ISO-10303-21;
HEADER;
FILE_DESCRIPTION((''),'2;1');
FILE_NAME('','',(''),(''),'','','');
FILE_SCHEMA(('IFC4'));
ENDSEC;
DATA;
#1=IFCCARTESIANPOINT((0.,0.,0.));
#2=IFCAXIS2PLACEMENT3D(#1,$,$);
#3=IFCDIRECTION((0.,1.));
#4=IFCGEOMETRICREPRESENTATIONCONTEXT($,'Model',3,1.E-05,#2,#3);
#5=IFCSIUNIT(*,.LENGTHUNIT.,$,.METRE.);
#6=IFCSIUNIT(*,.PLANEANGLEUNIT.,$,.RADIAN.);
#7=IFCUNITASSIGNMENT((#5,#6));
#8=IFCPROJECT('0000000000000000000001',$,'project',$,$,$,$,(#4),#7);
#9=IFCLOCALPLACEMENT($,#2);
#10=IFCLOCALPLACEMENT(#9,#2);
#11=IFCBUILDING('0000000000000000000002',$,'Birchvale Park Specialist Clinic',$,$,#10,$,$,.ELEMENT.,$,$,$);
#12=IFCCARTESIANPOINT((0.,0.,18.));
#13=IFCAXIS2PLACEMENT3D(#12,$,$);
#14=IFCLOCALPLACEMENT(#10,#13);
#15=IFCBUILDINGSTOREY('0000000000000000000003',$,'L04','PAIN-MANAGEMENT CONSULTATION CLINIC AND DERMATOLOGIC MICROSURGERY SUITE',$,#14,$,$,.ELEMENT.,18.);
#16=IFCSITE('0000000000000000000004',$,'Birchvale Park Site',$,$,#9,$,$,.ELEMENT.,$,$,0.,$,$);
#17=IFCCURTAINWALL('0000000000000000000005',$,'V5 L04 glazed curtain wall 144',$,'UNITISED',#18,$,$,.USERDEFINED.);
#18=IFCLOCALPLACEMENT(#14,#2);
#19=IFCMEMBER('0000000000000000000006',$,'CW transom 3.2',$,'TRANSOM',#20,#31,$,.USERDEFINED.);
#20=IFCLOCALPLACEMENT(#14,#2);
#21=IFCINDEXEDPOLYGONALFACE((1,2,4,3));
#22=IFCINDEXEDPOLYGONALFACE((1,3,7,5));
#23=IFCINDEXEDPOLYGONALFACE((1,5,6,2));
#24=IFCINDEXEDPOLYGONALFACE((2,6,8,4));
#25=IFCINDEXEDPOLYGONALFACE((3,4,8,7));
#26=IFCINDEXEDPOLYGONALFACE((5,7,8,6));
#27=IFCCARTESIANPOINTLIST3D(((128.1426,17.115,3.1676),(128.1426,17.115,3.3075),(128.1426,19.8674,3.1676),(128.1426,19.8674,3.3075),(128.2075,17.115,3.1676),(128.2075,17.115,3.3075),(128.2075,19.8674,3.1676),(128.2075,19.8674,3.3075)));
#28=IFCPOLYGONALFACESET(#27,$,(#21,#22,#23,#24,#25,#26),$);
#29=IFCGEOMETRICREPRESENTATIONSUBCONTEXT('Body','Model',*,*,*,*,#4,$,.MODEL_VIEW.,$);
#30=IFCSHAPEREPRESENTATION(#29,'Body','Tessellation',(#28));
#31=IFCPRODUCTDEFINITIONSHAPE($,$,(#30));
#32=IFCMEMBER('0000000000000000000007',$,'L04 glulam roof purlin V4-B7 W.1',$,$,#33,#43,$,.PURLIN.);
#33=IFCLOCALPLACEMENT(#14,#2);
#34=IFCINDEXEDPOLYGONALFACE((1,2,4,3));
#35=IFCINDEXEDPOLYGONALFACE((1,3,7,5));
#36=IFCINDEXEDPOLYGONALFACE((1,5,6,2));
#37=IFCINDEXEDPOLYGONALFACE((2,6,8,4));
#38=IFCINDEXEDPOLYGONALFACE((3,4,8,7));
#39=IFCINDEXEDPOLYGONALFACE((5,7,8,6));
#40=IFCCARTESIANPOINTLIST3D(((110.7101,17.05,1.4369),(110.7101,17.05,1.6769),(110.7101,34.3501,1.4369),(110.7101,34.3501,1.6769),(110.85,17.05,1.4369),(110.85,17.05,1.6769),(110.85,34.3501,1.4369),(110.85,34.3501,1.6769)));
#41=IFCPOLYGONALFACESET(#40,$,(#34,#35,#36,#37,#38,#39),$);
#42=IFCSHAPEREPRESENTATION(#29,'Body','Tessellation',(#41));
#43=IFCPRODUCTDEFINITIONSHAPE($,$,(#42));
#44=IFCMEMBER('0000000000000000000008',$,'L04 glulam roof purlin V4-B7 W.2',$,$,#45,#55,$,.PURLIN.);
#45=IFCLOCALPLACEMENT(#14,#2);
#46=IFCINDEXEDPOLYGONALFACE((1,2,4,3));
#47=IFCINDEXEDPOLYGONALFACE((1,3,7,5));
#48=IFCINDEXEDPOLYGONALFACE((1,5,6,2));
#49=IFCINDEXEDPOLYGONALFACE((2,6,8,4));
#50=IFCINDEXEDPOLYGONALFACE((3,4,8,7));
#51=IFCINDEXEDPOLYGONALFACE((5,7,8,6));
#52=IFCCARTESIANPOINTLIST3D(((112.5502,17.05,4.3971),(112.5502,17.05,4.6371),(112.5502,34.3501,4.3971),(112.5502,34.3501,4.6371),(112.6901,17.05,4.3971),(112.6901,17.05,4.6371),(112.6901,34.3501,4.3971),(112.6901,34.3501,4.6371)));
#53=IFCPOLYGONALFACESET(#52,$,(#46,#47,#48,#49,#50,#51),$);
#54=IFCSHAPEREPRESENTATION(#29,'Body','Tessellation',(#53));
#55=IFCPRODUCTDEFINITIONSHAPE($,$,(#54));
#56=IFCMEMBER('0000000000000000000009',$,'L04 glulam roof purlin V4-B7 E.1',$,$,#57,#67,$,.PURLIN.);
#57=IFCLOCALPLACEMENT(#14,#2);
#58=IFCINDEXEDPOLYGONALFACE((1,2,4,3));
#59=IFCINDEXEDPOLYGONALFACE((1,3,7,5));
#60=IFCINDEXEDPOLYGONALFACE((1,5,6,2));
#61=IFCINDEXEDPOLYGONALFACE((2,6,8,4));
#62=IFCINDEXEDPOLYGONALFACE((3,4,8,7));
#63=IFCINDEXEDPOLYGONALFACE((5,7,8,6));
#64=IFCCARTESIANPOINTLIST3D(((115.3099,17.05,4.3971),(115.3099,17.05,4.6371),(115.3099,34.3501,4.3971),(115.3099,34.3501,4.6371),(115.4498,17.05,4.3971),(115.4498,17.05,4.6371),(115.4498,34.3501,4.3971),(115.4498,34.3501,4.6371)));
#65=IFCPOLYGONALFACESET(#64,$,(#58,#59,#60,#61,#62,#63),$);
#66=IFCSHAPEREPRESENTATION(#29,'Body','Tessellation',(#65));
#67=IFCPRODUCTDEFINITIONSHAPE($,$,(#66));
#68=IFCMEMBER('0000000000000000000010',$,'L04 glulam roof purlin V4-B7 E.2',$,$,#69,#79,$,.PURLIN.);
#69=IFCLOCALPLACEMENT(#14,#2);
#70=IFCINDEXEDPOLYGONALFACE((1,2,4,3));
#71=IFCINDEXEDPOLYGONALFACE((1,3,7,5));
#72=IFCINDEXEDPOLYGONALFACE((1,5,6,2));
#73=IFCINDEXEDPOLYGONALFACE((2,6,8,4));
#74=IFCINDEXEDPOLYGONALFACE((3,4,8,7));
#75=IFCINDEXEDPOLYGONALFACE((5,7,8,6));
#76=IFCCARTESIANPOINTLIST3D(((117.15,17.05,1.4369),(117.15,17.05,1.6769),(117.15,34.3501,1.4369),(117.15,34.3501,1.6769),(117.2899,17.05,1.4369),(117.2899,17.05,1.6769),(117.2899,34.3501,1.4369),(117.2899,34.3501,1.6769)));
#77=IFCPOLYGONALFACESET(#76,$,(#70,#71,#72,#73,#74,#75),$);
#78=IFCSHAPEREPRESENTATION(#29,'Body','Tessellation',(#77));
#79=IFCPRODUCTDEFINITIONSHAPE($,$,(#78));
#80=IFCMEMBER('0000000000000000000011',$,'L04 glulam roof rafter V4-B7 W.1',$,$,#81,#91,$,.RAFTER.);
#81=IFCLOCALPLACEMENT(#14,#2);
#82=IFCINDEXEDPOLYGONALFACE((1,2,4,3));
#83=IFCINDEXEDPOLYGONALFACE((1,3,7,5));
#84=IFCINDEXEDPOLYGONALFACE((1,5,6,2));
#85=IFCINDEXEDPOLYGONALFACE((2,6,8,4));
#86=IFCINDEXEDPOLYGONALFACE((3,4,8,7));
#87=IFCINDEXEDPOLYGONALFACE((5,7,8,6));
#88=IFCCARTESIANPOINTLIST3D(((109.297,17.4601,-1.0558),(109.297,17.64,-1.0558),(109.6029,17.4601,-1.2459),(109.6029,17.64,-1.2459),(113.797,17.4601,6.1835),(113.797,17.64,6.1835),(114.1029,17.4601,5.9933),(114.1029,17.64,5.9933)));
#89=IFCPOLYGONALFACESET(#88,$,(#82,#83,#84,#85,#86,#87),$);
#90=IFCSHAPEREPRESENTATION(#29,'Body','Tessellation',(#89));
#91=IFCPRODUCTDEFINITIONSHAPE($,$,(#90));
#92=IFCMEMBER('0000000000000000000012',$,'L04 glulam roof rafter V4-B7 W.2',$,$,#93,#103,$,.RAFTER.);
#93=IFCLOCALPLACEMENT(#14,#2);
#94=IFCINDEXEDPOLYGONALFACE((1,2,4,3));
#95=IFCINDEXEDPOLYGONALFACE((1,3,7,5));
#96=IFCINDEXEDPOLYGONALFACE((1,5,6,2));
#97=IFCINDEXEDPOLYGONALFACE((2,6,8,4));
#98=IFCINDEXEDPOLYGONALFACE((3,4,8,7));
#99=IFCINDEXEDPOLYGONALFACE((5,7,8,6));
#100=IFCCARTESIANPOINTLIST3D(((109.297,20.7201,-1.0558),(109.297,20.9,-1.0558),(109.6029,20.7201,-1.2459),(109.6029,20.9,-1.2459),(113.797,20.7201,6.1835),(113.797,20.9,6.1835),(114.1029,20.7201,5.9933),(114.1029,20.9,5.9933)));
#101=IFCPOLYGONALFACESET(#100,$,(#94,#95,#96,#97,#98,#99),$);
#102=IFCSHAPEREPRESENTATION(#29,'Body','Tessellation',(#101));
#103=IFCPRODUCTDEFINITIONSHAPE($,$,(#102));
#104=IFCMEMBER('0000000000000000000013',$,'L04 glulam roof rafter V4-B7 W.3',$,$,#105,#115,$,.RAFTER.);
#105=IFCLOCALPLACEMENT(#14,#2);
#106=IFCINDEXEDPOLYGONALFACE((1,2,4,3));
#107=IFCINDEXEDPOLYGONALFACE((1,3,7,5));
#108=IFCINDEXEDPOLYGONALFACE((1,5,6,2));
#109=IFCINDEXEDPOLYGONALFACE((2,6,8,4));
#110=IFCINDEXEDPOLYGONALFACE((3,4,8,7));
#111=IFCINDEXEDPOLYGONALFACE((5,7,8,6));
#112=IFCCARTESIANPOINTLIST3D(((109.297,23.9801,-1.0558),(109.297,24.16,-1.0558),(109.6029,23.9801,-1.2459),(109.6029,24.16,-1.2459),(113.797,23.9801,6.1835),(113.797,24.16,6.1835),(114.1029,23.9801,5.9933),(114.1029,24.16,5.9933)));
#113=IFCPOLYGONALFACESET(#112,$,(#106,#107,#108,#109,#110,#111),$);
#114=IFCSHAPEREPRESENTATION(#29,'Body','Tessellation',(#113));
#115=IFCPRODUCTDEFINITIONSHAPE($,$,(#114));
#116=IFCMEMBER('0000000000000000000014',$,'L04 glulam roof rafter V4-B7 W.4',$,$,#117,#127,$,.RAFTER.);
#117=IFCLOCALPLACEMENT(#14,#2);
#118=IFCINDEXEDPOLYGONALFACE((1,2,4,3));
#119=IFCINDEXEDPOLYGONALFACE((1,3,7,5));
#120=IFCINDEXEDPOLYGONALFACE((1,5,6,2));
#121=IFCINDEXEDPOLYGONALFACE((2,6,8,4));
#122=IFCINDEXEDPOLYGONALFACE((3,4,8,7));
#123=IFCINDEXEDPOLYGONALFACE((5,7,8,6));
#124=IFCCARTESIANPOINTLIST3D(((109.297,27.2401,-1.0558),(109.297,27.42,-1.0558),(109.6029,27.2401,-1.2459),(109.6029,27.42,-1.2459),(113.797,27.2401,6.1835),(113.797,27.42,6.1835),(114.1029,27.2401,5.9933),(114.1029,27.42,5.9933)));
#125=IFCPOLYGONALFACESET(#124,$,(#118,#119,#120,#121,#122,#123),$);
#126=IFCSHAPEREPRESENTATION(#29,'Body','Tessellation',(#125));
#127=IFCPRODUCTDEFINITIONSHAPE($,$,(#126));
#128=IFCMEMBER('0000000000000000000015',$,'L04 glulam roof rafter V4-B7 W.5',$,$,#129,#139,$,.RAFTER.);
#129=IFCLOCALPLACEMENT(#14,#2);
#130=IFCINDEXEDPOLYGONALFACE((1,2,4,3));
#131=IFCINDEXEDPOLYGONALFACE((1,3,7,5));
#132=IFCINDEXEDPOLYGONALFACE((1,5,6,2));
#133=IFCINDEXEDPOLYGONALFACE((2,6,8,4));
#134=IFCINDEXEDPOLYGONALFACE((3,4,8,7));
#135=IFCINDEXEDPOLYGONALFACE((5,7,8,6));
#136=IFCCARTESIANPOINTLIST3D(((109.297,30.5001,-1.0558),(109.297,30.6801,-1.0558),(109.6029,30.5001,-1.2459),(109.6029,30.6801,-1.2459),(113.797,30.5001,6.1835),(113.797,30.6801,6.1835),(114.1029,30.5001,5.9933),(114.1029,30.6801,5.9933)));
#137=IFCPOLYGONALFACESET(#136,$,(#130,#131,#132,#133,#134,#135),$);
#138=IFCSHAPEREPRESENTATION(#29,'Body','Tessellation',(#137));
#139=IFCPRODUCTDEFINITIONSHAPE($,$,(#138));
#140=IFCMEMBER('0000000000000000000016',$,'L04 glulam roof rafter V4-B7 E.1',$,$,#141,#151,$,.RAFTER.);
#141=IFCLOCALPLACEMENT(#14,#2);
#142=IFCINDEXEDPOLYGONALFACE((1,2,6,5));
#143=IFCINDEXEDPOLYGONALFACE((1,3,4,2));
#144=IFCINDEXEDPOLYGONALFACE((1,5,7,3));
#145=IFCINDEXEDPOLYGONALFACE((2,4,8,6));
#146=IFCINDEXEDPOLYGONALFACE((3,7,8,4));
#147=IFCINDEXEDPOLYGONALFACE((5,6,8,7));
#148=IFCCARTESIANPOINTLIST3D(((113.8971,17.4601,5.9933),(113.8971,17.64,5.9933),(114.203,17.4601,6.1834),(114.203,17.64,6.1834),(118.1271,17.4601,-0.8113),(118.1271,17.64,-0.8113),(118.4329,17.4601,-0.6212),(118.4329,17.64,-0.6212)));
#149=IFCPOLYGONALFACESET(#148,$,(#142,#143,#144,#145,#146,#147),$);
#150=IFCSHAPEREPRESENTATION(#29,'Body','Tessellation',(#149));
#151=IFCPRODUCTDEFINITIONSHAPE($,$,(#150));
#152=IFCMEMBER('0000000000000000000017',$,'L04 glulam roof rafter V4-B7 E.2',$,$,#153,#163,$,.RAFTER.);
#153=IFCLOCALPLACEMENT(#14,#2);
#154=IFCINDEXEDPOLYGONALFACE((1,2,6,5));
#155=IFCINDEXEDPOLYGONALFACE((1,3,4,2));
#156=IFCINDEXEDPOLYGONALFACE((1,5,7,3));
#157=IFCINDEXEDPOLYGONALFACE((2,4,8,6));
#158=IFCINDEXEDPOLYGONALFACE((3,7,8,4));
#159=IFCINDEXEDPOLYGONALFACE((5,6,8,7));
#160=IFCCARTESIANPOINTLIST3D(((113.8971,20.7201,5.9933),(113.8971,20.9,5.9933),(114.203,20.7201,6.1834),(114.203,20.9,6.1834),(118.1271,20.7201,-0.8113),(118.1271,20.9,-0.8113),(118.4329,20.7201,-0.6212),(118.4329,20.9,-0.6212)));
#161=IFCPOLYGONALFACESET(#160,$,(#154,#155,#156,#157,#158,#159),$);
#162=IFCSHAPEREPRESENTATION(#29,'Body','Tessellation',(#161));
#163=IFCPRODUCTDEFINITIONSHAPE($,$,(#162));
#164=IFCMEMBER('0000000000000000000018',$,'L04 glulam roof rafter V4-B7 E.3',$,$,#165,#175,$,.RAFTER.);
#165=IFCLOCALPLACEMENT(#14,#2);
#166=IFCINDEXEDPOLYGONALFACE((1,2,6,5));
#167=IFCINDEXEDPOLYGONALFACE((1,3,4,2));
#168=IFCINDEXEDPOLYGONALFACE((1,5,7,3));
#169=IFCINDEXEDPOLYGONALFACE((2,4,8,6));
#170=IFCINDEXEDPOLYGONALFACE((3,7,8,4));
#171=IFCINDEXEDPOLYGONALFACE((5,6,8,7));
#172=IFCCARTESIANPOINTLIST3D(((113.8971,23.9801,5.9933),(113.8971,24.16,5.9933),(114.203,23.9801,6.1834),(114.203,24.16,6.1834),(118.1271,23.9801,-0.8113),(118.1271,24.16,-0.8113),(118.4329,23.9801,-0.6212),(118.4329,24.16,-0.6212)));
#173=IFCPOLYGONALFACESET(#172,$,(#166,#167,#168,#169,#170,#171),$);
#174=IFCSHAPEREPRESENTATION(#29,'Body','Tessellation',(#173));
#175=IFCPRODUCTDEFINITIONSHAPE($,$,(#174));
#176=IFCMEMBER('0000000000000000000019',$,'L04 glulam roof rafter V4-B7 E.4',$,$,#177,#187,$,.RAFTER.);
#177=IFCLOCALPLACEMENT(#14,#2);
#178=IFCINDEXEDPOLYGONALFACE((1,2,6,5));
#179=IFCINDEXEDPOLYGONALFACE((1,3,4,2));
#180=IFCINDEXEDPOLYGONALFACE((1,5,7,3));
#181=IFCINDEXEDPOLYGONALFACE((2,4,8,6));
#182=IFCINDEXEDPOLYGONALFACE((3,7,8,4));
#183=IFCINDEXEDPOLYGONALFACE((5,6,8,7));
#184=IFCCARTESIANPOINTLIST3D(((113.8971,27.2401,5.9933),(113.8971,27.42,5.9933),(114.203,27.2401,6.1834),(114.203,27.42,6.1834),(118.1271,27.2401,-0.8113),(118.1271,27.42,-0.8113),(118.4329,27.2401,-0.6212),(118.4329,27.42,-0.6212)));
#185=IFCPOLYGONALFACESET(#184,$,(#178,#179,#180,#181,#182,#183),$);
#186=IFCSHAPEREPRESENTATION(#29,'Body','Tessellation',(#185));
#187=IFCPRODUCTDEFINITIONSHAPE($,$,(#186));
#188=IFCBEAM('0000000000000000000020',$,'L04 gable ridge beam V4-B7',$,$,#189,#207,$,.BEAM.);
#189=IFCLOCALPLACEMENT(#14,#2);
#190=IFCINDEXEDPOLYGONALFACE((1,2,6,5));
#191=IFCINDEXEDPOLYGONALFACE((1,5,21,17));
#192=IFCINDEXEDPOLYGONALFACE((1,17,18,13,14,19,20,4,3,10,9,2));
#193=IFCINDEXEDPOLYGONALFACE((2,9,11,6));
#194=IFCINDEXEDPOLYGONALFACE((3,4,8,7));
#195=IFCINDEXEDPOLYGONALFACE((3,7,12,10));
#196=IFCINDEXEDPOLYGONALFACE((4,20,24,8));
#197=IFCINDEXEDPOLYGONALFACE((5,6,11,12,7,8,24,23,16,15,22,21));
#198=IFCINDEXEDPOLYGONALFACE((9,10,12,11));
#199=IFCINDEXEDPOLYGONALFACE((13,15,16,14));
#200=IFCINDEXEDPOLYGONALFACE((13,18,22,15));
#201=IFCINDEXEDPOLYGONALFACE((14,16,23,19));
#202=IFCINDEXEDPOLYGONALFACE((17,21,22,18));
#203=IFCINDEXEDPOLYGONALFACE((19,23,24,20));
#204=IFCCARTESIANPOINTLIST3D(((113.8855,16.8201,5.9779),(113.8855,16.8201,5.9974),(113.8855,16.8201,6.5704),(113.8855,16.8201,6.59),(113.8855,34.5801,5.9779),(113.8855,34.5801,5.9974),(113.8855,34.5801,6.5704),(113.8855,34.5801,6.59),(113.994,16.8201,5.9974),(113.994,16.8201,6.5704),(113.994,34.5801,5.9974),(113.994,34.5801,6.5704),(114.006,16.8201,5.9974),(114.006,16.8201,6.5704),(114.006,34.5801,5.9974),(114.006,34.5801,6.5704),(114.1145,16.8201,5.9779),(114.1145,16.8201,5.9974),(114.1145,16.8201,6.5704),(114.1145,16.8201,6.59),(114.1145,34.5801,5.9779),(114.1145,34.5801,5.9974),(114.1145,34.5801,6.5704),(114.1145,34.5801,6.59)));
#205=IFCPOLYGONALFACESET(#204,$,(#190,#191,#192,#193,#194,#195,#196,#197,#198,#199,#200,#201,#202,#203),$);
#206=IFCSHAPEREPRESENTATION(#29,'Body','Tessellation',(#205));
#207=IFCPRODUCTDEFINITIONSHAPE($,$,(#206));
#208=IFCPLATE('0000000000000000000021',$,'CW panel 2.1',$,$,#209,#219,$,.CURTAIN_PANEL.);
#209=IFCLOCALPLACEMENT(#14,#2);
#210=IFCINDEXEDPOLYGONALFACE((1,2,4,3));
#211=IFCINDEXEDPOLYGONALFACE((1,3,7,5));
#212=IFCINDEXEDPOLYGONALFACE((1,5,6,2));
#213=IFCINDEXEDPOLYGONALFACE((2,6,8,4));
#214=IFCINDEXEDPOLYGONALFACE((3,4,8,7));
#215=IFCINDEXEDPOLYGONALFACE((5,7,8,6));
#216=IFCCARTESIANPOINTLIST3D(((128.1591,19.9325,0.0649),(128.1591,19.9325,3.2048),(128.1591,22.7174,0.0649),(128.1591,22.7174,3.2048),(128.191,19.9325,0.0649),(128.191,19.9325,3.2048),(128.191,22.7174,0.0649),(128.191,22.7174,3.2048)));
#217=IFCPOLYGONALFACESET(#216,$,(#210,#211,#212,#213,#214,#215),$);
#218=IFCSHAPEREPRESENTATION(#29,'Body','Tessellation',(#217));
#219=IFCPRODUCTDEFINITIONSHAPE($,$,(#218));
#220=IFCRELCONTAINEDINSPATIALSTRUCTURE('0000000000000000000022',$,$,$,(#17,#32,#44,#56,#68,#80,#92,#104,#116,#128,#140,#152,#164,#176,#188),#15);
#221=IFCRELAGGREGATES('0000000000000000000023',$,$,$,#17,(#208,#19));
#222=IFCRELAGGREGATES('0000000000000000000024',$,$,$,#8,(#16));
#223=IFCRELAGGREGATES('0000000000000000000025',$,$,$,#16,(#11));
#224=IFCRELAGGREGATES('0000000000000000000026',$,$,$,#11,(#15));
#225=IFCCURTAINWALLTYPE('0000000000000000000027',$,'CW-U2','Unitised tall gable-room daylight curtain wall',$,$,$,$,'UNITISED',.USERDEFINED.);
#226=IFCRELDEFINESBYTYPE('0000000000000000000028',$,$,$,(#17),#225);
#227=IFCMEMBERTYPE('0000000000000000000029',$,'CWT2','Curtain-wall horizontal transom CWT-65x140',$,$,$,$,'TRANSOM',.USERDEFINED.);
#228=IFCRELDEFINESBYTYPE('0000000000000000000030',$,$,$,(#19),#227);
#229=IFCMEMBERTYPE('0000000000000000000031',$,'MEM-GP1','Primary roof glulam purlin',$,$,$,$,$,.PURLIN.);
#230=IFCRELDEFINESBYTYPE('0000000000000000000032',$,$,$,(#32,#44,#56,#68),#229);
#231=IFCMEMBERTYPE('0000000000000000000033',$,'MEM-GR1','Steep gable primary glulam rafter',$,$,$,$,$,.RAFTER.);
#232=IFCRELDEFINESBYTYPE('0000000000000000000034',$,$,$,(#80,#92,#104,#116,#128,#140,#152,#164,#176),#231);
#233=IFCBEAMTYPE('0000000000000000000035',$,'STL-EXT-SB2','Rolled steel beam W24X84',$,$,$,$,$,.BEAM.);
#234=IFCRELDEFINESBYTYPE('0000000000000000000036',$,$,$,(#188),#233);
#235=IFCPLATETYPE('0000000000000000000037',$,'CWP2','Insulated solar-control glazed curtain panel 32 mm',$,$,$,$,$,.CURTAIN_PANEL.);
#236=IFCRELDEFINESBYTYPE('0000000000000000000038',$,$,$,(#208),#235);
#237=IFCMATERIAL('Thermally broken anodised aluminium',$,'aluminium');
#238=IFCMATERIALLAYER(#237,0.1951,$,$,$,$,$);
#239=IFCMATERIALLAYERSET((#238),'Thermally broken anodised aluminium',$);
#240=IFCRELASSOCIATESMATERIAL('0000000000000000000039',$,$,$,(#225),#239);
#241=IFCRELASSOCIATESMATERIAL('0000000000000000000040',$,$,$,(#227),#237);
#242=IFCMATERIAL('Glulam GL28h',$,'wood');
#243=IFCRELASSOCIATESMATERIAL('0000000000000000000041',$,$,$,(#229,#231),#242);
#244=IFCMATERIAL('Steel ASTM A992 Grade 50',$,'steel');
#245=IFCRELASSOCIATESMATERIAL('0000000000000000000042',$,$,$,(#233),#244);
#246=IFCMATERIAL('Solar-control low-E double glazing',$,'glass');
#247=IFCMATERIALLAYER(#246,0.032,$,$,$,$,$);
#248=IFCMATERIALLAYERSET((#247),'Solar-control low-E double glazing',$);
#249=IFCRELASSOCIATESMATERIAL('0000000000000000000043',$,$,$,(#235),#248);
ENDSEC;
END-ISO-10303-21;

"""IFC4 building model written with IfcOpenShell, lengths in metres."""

from ifc_helpers import new_model, si_unit, direction, frame, origin, origin_2d, place, context, subcontext, project, spatial, rectangle, i_section, extrude, material, layer, layer_set, material_profile, profile_set, type_object, element, aggregate, save


model = new_model("IFC4")

# Units and contexts
model_context = context("Model", 3, precision=1e-05, world=origin(), true_north=direction((0.0, 1.0)))
body_context = subcontext(model_context, "Body", "Model", "MODEL_VIEW")
ifc_project = project(units=[si_unit("LENGTHUNIT", "METRE"), si_unit("PLANEANGLEUNIT", "RADIAN")], contexts=[model_context])

# Site, building, storey
site_placement = place(None, origin())
site = spatial("IfcSite", under=ifc_project, at=site_placement, Name="Birchvale Park Site", CompositionType="ELEMENT", RefElevation=0.0)
building_placement = place(site_placement, origin())
building = spatial("IfcBuilding", under=site, at=building_placement, Name="Birchvale Park Specialist Clinic", CompositionType="ELEMENT")
storey_placement = place(building_placement, frame((0.0, 0.0, 18.0)))
storey = spatial("IfcBuildingStorey", under=building, at=storey_placement, Name="L04", Description="PAIN-MANAGEMENT CONSULTATION CLINIC AND DERMATOLOGIC MICROSURGERY SUITE", CompositionType="ELEMENT", Elevation=18.0)

# Curtain wall, member
ifc_material_1 = material(Name="Thermally broken anodised aluminium", Category="aluminium")
ifc_layer_1 = layer(ifc_material_1, 0.1951)
ifc_layer_set_1 = layer_set([ifc_layer_1], Name="Thermally broken anodised aluminium")
curtain_wall_type = type_object("IfcCurtainWallType", Name="CW-U2", Description="Unitised tall gable-room daylight curtain wall", ElementType="UNITISED", PredefinedType="USERDEFINED", material=ifc_layer_set_1)
curtain_wall_placement = place(storey_placement, origin())
curtain_wall = element("IfcCurtainWall", 1, at=curtain_wall_placement, inside=storey, type_object=curtain_wall_type, Name="V5 L04 glazed curtain wall 144", ObjectType="UNITISED", PredefinedType="USERDEFINED")
ifc_material_profile_1 = material_profile(ifc_material_1, rectangle(XDim=0.0649, YDim=0.1399, at=origin_2d()), Name="CWT-65x140")
ifc_profile_set_1 = profile_set([ifc_material_profile_1], Name="Thermally broken anodised aluminium")
member_type_1 = type_object("IfcMemberType", Name="CWT2", Description="Curtain-wall horizontal transom CWT-65x140", ElementType="TRANSOM", PredefinedType="USERDEFINED", material=ifc_profile_set_1)
member_1_placement = place(storey_placement, frame((128.175, 19.8674, 3.2375), z_axis=(0.0, -1.0, 0.0), x_axis=(1.0, 0.0, 0.0)))
member_1 = element("IfcMember", 2, at=member_1_placement, type_object=member_type_1, Name="CW transom 3.2", ObjectType="TRANSOM", PredefinedType="USERDEFINED", context=body_context, shape_type="SweptSolid", body=[
    extrude(rectangle(XDim=0.0649, YDim=0.1399, at=origin_2d()), origin(), (0.0, 0.0, 1.0), 2.7524),
])

# Members
ifc_material_2 = material(Name="Glulam GL28h", Category="wood")
ifc_material_profile_2 = material_profile(ifc_material_2, rectangle(XDim=0.1399, YDim=0.24, at=origin_2d()), Name="GL-140x240")
ifc_profile_set_2 = profile_set([ifc_material_profile_2], Name="Glulam GL28h")
member_type_2 = type_object("IfcMemberType", Name="MEM-GP1", Description="Primary roof glulam purlin", PredefinedType="PURLIN", material=ifc_profile_set_2)
for number, where, z_axis, x_axis, name in (
    (3, (110.78, 17.05, 1.5569), (0.0, 1.0, 0.0), (-1.0, 0.0, 0.0), "L04 glulam roof purlin V4-B7 W.1"),
    (4, (112.6201, 17.05, 4.5171), (0.0, 1.0, 0.0), (-1.0, 0.0, 0.0), "L04 glulam roof purlin V4-B7 W.2"),
    (5, (115.3799, 17.05, 4.5171), (0.0, 1.0, 0.0), (-1.0, 0.0, 0.0), "L04 glulam roof purlin V4-B7 E.1"),
    (6, (117.22, 17.05, 1.5569), (0.0, 1.0, 0.0), (-1.0, 0.0, 0.0), "L04 glulam roof purlin V4-B7 E.2"),
):
    element("IfcMember", number, at=place(storey_placement, frame(where, z_axis=z_axis, x_axis=x_axis)), inside=storey, type_object=member_type_2, Name=name, PredefinedType="PURLIN", context=body_context, shape_type="SweptSolid", body=[
        extrude(rectangle(XDim=0.1399, YDim=0.24, at=origin_2d()), origin(), (0.0, 0.0, 1.0), 17.3),
    ])
ifc_material_profile_3 = material_profile(ifc_material_2, rectangle(XDim=0.1799, YDim=0.3601, at=origin_2d()), Name="GL-180x360")
ifc_profile_set_3 = profile_set([ifc_material_profile_3], Name="Glulam GL28h")
member_type_3 = type_object("IfcMemberType", Name="MEM-GR1", Description="Steep gable primary glulam rafter", PredefinedType="RAFTER", material=ifc_profile_set_3)
for number, where, z_axis, x_axis, name in (
    (7, (109.45, 17.55, -1.1509), (0.527927, 0.0, 0.849289), (0.0, 1.0, 0.0), "L04 glulam roof rafter V4-B7 W.1"),
    (8, (109.45, 20.8101, -1.1509), (0.527927, 0.0, 0.849289), (0.0, 1.0, 0.0), "L04 glulam roof rafter V4-B7 W.2"),
    (9, (109.45, 24.0701, -1.1509), (0.527927, 0.0, 0.849289), (0.0, 1.0, 0.0), "L04 glulam roof rafter V4-B7 W.3"),
    (10, (109.45, 27.3301, -1.1509), (0.527927, 0.0, 0.849289), (0.0, 1.0, 0.0), "L04 glulam roof rafter V4-B7 W.4"),
    (11, (109.45, 30.5901, -1.1509), (0.527927, 0.0, 0.849289), (0.0, 1.0, 0.0), "L04 glulam roof rafter V4-B7 W.5"),
):
    element("IfcMember", number, at=place(storey_placement, frame(where, z_axis=z_axis, x_axis=x_axis)), inside=storey, type_object=member_type_3, Name=name, PredefinedType="RAFTER", context=body_context, shape_type="SweptSolid", body=[
        extrude(rectangle(XDim=0.1799, YDim=0.3601, at=origin_2d()), origin(), (0.0, 0.0, 1.0), 8.5239),
    ])
for number, where, z_axis, x_axis, name in (
    (12, (114.05, 17.55, 6.0884), (0.527938, 0.0, -0.849283), (0.0, 1.0, 0.0), "L04 glulam roof rafter V4-B7 E.1"),
    (13, (114.05, 20.8101, 6.0884), (0.527938, 0.0, -0.849283), (0.0, 1.0, 0.0), "L04 glulam roof rafter V4-B7 E.2"),
    (14, (114.05, 24.0701, 6.0884), (0.527938, 0.0, -0.849283), (0.0, 1.0, 0.0), "L04 glulam roof rafter V4-B7 E.3"),
    (15, (114.05, 27.3301, 6.0884), (0.527938, 0.0, -0.849283), (0.0, 1.0, 0.0), "L04 glulam roof rafter V4-B7 E.4"),
):
    element("IfcMember", number, at=place(storey_placement, frame(where, z_axis=z_axis, x_axis=x_axis)), inside=storey, type_object=member_type_3, Name=name, PredefinedType="RAFTER", context=body_context, shape_type="SweptSolid", body=[
        extrude(rectangle(XDim=0.1799, YDim=0.3601, at=origin_2d()), origin(), (0.0, 0.0, 1.0), 8.0122),
    ])

# Beam
ifc_material_3 = material(Name="Steel ASTM A992 Grade 50", Category="steel")
ifc_material_profile_4 = material_profile(ifc_material_3, i_section(OverallWidth=0.229, OverallDepth=0.6121, WebThickness=0.012, FlangeThickness=0.0195, at=origin_2d()), Name="W24X84")
ifc_profile_set_4 = profile_set([ifc_material_profile_4], Name="Steel ASTM A992 Grade 50")
beam_type_1 = type_object("IfcBeamType", Name="STL-EXT-SB2", Description="Rolled steel beam W24X84", PredefinedType="BEAM", material=ifc_profile_set_4)
beam_1_placement = place(storey_placement, frame((114.0, 16.8201, 6.2839), z_axis=(0.0, 1.0, 0.0), x_axis=(-1.0, 0.0, 0.0)))
element("IfcBeam", 16, at=beam_1_placement, inside=storey, type_object=beam_type_1, Name="L04 gable ridge beam V4-B7", PredefinedType="BEAM", context=body_context, shape_type="SweptSolid", body=[
    extrude(i_section(OverallWidth=0.229, OverallDepth=0.6121, WebThickness=0.012, FlangeThickness=0.0195, at=origin_2d()), origin(), (0.0, 0.0, 1.0), 17.76),
])

# Plate
ifc_material_4 = material(Name="Solar-control low-E double glazing", Category="glass")
ifc_layer_2 = layer(ifc_material_4, 0.032)
ifc_layer_set_2 = layer_set([ifc_layer_2], Name="Solar-control low-E double glazing")
plate_type = type_object("IfcPlateType", Name="CWP2", Description="Insulated solar-control glazed curtain panel 32 mm", PredefinedType="CURTAIN_PANEL", material=ifc_layer_set_2)
plate_1_placement = place(storey_placement, frame((128.175, 21.325, 0.0649), z_axis=(0.0, 0.0, 1.0), x_axis=(0.0, -1.0, 0.0)))
plate_1 = element("IfcPlate", 17, at=plate_1_placement, type_object=plate_type, Name="CW panel 2.1", PredefinedType="CURTAIN_PANEL", context=body_context, shape_type="SweptSolid", body=[
    extrude(rectangle(XDim=2.7849, YDim=0.032, at=origin_2d()), origin(), (0.0, 0.0, 1.0), 3.1399),
])
aggregate(curtain_wall, [plate_1, member_1])

save(model, "model.ifc")
